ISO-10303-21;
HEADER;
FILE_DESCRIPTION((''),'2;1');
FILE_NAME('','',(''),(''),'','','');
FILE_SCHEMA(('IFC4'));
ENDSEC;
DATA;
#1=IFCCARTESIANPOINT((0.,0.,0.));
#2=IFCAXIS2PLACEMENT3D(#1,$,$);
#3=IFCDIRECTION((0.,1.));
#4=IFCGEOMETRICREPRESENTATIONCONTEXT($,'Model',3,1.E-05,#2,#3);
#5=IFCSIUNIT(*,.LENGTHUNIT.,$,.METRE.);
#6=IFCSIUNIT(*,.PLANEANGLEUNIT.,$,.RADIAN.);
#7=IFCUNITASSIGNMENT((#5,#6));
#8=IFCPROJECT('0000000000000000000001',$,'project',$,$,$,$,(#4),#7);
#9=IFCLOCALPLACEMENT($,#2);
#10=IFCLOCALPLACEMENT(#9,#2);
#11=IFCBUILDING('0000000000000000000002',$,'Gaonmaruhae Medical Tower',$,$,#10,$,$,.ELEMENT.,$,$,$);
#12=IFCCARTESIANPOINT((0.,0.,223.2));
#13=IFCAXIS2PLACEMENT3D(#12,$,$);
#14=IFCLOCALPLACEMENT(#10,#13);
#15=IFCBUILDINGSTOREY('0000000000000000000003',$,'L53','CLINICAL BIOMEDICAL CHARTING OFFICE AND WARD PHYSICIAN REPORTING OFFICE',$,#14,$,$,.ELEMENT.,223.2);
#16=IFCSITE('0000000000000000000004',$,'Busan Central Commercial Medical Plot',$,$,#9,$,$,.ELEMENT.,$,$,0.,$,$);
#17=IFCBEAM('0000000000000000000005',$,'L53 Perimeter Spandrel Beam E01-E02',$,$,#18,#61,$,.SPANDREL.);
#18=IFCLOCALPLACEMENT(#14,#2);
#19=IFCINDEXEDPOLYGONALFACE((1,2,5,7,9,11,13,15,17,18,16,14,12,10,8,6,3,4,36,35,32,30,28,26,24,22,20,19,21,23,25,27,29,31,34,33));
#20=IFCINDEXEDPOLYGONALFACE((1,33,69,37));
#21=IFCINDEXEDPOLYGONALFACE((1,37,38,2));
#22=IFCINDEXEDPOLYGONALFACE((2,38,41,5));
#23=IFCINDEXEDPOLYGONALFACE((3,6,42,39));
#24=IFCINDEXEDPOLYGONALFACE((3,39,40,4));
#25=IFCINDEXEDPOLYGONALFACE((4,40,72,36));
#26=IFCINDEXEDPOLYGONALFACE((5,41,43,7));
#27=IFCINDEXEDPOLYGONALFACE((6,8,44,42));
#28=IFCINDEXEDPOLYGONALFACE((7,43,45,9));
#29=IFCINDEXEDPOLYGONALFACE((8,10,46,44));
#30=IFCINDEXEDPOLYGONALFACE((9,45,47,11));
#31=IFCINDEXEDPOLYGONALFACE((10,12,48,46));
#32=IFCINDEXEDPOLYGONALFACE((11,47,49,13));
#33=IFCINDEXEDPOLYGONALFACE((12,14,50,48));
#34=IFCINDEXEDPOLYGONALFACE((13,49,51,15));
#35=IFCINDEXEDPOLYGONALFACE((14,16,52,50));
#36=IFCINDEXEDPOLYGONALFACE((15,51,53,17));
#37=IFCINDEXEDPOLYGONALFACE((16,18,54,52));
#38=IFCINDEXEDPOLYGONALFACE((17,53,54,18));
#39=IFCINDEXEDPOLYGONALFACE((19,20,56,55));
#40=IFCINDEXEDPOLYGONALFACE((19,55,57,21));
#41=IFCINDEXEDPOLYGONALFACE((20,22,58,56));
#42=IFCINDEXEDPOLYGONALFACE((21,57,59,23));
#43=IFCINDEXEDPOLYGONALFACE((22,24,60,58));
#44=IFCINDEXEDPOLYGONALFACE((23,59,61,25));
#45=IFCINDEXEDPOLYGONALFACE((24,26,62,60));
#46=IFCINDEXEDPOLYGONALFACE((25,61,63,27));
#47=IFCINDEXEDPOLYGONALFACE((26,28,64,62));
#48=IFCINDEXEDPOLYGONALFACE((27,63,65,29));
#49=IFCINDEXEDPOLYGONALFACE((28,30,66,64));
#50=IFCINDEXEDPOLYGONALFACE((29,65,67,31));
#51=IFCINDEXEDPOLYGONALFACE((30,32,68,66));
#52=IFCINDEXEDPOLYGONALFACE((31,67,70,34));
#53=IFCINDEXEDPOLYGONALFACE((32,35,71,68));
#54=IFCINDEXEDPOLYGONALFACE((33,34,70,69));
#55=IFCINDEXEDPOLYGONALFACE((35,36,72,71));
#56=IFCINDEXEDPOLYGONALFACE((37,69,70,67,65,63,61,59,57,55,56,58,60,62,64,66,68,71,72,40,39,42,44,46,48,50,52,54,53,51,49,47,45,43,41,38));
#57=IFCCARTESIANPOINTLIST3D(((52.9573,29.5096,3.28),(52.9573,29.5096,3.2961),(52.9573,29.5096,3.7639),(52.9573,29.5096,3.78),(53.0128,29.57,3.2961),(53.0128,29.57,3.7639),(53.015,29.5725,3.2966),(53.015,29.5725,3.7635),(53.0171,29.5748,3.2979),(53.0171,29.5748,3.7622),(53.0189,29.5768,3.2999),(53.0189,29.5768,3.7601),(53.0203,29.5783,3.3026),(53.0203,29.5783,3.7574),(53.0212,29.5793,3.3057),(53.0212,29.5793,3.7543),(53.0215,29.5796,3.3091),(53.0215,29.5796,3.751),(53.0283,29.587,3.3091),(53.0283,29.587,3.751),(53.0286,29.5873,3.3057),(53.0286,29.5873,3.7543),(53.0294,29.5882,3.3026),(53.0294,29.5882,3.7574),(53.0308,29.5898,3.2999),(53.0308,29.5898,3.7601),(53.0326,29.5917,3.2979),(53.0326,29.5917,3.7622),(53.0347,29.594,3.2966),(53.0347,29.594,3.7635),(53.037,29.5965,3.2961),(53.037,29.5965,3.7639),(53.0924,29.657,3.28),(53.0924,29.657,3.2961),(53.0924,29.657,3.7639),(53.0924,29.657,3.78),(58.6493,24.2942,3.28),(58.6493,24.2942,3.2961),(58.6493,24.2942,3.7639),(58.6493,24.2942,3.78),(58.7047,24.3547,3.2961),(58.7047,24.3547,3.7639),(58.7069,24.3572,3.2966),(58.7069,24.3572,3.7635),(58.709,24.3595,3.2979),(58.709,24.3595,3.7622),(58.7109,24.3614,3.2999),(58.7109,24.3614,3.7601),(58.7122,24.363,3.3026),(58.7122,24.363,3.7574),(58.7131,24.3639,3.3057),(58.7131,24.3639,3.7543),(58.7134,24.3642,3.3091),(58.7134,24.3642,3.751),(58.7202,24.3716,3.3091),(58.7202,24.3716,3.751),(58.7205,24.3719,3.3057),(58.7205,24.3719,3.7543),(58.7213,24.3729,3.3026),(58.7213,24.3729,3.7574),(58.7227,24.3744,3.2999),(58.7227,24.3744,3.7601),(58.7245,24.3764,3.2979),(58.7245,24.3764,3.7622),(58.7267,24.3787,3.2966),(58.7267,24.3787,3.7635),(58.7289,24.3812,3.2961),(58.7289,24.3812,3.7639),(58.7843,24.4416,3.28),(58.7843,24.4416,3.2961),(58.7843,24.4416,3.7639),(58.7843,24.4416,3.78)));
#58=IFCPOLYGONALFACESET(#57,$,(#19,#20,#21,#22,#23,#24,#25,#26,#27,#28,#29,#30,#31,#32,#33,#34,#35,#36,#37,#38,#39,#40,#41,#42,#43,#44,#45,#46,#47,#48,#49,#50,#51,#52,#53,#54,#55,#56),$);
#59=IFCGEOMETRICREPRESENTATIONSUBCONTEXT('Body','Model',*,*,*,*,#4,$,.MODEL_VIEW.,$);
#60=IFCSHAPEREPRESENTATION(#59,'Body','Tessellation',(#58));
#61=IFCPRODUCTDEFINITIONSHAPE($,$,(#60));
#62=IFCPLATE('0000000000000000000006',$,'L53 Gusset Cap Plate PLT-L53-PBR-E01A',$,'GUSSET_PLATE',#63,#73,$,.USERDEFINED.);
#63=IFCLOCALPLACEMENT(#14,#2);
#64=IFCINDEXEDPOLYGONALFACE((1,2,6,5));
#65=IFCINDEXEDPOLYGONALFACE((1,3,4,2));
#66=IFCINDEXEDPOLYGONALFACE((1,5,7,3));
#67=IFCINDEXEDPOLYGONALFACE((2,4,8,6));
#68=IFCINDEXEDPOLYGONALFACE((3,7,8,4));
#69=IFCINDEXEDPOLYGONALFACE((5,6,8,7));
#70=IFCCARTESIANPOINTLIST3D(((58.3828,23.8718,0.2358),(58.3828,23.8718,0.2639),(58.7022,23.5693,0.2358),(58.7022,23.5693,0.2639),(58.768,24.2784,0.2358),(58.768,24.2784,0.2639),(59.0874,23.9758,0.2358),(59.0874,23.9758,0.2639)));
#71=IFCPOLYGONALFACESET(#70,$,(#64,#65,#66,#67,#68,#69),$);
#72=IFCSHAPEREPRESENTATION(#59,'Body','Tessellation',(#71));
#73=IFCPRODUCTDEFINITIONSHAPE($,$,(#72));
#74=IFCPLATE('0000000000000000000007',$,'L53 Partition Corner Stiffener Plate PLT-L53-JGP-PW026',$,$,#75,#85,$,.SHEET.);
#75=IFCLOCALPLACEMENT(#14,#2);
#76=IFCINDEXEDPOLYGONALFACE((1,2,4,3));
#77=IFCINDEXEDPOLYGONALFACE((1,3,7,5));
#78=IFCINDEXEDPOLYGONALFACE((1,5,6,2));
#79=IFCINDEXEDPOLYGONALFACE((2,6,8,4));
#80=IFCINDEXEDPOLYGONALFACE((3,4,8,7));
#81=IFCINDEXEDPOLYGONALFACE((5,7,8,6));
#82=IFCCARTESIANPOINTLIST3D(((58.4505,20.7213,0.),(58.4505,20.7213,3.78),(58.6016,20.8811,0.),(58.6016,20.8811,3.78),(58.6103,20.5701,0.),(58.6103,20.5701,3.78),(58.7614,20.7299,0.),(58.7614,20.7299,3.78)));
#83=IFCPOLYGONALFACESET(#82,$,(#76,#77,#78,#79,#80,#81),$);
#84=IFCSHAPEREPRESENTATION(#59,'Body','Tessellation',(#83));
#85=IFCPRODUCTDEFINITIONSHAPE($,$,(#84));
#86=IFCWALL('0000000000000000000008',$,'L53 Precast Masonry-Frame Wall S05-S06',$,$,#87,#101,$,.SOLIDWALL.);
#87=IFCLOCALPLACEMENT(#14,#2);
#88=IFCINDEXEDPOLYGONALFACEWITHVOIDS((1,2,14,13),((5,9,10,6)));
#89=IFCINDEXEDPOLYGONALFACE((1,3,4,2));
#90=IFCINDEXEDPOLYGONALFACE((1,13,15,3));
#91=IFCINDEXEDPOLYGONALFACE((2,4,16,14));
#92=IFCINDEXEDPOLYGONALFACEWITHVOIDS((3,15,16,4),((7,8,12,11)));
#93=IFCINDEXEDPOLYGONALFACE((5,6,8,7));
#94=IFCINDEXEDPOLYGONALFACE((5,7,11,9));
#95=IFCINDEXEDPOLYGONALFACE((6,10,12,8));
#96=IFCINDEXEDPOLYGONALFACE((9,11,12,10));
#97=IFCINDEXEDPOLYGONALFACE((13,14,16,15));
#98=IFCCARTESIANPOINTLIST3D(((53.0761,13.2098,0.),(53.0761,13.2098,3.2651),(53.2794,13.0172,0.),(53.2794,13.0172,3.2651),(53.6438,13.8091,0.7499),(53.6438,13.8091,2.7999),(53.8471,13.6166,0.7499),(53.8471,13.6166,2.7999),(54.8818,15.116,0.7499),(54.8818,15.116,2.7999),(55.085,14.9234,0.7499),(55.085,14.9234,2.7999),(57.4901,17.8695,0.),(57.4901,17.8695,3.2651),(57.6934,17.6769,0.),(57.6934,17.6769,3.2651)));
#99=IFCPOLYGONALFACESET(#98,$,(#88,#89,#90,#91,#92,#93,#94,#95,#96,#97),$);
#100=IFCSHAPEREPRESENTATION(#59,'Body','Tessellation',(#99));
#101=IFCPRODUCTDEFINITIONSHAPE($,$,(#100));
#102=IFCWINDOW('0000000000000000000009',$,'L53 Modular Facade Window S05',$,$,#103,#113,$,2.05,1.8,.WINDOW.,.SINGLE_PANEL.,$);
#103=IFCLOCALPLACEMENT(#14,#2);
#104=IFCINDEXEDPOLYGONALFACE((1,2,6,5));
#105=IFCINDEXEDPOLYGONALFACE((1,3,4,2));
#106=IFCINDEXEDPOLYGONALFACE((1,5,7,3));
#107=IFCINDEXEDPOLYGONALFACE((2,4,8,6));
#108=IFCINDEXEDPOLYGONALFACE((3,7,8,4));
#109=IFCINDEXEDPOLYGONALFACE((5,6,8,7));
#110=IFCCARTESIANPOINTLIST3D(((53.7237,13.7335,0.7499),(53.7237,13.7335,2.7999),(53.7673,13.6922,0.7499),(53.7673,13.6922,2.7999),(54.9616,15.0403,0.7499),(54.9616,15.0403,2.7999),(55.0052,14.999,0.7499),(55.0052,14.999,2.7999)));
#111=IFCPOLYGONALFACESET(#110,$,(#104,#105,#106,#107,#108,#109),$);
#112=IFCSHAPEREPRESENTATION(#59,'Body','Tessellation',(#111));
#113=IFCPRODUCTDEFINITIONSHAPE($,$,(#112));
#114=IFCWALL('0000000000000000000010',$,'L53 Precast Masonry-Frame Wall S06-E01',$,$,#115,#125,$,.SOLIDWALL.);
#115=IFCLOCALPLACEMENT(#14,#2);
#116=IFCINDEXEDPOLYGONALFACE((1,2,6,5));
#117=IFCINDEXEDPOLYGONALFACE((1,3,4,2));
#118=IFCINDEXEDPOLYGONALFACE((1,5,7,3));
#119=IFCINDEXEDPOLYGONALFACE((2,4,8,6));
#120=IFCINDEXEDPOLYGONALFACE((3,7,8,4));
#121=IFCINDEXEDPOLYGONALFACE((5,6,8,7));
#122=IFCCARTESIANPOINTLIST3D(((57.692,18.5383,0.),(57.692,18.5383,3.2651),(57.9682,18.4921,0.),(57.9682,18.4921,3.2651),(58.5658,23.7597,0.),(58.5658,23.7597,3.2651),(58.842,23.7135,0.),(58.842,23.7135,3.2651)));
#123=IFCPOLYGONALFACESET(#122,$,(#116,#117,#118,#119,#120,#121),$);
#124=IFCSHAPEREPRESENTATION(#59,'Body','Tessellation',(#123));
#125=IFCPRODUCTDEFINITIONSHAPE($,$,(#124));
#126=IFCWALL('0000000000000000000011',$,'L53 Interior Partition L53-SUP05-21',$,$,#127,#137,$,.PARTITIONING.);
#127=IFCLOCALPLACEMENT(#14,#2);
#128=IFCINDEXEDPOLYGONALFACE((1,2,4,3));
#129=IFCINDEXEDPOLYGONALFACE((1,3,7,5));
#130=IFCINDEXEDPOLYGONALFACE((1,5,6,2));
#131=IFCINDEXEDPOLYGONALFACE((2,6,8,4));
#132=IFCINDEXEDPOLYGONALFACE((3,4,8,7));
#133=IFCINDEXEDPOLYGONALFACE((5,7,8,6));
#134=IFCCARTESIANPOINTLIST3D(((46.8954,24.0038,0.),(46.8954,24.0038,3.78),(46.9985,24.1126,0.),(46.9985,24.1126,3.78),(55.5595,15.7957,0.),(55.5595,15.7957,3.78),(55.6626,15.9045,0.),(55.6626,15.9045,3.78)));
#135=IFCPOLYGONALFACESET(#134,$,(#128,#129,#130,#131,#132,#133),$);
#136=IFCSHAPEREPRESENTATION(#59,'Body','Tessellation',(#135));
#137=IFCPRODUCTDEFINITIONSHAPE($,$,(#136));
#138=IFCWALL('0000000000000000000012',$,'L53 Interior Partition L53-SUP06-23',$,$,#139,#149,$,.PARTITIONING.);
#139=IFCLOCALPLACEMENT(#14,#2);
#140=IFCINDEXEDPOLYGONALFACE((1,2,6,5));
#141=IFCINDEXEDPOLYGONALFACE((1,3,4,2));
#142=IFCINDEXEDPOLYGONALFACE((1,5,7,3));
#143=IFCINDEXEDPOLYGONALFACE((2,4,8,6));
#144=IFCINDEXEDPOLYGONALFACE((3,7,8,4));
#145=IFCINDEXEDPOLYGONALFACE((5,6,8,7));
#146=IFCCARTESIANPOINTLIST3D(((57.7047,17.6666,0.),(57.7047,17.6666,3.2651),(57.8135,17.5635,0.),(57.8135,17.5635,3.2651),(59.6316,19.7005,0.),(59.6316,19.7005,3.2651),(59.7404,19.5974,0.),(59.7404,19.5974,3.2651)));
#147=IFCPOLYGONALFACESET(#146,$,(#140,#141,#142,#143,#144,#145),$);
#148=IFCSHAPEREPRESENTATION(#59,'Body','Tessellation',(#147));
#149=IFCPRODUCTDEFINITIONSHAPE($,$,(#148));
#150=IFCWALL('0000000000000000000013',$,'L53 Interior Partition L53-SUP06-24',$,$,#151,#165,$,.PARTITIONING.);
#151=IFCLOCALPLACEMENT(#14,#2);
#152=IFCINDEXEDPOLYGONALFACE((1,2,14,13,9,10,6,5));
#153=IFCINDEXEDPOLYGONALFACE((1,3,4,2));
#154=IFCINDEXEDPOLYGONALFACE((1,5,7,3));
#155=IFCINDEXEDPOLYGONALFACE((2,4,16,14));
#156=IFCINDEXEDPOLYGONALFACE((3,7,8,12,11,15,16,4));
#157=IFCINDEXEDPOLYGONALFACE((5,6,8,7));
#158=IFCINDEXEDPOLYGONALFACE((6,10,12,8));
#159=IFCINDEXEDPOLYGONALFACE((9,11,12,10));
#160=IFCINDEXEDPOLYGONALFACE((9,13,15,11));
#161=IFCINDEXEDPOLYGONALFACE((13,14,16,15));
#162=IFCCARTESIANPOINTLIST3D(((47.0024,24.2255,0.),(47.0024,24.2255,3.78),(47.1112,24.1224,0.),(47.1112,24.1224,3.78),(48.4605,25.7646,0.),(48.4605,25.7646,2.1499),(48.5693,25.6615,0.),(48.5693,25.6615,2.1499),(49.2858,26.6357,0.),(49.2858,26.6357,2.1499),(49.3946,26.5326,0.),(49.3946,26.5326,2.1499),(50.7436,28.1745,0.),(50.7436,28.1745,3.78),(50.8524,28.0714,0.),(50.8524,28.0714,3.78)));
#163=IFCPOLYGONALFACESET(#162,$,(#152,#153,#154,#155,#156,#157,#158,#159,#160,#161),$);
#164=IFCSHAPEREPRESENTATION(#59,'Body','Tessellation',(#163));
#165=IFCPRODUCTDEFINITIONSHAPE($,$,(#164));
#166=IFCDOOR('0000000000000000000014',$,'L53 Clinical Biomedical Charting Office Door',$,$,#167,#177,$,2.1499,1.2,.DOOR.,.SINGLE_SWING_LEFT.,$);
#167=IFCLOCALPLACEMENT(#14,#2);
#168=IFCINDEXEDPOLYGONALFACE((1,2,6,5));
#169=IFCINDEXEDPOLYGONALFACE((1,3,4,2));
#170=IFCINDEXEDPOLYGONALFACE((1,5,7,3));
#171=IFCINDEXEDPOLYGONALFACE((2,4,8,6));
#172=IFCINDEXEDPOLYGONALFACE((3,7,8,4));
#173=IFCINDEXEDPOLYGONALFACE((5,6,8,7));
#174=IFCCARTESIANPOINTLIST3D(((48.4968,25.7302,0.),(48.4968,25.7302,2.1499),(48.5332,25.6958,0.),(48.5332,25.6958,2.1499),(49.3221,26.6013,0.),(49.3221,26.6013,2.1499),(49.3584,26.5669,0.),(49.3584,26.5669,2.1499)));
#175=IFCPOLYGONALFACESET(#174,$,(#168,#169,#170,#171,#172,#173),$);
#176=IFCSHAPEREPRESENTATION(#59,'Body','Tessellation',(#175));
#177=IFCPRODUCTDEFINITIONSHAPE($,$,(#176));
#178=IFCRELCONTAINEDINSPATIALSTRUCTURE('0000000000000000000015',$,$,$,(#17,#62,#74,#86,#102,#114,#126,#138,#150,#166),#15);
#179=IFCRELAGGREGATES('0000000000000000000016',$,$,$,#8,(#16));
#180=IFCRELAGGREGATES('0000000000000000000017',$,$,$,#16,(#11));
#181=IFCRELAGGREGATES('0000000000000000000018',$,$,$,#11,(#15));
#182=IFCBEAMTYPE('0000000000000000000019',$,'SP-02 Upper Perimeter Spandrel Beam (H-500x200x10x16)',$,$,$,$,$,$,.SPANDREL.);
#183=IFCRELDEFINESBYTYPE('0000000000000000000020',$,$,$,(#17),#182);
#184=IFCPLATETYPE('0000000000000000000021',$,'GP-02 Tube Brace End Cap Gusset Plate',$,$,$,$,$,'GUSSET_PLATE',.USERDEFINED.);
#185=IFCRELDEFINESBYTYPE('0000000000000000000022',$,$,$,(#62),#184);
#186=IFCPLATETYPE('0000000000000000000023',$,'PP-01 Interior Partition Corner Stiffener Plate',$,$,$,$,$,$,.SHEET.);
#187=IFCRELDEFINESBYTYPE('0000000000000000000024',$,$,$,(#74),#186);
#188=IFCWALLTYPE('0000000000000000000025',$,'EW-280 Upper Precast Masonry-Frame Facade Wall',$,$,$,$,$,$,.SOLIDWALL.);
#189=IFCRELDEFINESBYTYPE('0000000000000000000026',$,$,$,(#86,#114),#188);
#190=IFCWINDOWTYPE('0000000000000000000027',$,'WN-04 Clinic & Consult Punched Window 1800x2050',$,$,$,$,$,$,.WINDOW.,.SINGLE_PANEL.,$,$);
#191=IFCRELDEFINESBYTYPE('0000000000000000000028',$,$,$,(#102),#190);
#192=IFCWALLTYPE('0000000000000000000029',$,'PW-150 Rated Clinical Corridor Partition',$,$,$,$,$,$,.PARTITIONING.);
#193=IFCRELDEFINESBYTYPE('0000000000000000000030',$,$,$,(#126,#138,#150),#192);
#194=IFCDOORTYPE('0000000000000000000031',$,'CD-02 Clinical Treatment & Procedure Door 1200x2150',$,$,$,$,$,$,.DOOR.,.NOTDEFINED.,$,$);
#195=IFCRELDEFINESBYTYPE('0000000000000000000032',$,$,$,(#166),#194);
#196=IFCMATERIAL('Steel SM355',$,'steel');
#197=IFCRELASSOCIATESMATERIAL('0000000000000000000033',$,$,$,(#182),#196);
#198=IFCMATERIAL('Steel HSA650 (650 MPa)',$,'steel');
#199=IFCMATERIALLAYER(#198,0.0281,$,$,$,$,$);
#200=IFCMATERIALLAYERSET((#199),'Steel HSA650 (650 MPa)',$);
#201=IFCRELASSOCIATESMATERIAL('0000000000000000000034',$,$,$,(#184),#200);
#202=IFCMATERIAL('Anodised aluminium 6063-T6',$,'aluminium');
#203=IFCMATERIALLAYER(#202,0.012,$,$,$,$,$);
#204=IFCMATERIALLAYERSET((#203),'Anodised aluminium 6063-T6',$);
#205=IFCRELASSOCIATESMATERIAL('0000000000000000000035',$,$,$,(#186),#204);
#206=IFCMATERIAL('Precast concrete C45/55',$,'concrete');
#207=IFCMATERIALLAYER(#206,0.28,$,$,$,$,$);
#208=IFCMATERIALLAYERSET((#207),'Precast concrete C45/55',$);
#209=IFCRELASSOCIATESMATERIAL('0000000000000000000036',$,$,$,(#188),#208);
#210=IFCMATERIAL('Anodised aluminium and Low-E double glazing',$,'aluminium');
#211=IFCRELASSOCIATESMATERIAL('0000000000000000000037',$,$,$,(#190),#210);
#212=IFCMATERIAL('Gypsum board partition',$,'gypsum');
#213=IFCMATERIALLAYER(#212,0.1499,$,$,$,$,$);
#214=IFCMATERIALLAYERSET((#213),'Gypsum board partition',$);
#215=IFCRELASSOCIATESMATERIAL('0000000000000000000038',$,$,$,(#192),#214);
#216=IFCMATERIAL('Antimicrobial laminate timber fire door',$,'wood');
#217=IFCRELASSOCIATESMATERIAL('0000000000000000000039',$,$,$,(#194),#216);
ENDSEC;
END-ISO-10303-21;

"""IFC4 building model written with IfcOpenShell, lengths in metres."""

from ifc_helpers import new_model, si_unit, direction, frame, frame_2d, origin, origin_2d, place, context, subcontext, project, spatial, rectangle, i_section, extrude, material, layer, layer_set, material_profile, profile_set, type_object, element, fill, save


model = new_model("IFC4")

# Units and contexts
model_context = context("Model", 3, precision=1e-05, world=origin(), true_north=direction((0.0, 1.0)))
body_context = subcontext(model_context, "Body", "Model", "MODEL_VIEW")
ifc_project = project(units=[si_unit("LENGTHUNIT", "METRE"), si_unit("PLANEANGLEUNIT", "RADIAN")], contexts=[model_context])

# Site, building, storey
site_placement = place(None, origin())
site = spatial("IfcSite", under=ifc_project, at=site_placement, Name="Busan Central Commercial Medical Plot", CompositionType="ELEMENT", RefElevation=0.0)
building_placement = place(site_placement, origin())
building = spatial("IfcBuilding", under=site, at=building_placement, Name="Gaonmaruhae Medical Tower", CompositionType="ELEMENT")
storey_placement = place(building_placement, frame((0.0, 0.0, 223.2)))
storey = spatial("IfcBuildingStorey", under=building, at=storey_placement, Name="L53", Description="CLINICAL BIOMEDICAL CHARTING OFFICE AND WARD PHYSICIAN REPORTING OFFICE", CompositionType="ELEMENT", Elevation=223.2)

# Shared definitions
ifc_material_1 = material(Name="Steel SM355", Category="steel")

# Beam
ifc_material_profile_1 = material_profile(ifc_material_1, i_section(OverallWidth=0.2, OverallDepth=0.5, WebThickness=0.01, FlangeThickness=0.0161, FilletRadius=0.0129, at=origin_2d()), Name="H-500x200x10x16")
ifc_profile_set_1 = profile_set([ifc_material_profile_1], Name="Steel SM355")
beam_type_1 = type_object("IfcBeamType", Name="SP-02 Upper Perimeter Spandrel Beam (H-500x200x10x16)", PredefinedType="SPANDREL", material=ifc_profile_set_1)
beam_1_placement = place(storey_placement, frame((58.7168, 24.3679, 3.53), z_axis=(-0.737299, 0.675567, 0.0), x_axis=(-0.675567, -0.737299, 0.0)))
element("IfcBeam", 1, at=beam_1_placement, inside=storey, type_object=beam_type_1, Name="L53 Perimeter Spandrel Beam E01-E02", PredefinedType="SPANDREL", context=body_context, shape_type="SweptSolid", body=[
    extrude(i_section(OverallWidth=0.2, OverallDepth=0.5, WebThickness=0.01, FlangeThickness=0.0161, FilletRadius=0.0129, at=origin_2d()), origin(), (0.0, 0.0, 1.0), 7.72),
])

# Plates
ifc_material_2 = material(Name="Steel HSA650 (650 MPa)", Category="steel")
ifc_layer_1 = layer(ifc_material_2, 0.0281)
ifc_layer_set_1 = layer_set([ifc_layer_1], Name="Steel HSA650 (650 MPa)")
plate_type_1 = type_object("IfcPlateType", Name="GP-02 Tube Brace End Cap Gusset Plate", ElementType="GUSSET_PLATE", PredefinedType="USERDEFINED", material=ifc_layer_set_1)
plate_1_placement = place(storey_placement, frame((58.7351, 23.9238, 0.2358), z_axis=(0.0, 0.0, 1.0), x_axis=(0.687721, 0.725975, 0.0)))
element("IfcPlate", 2, at=plate_1_placement, inside=storey, type_object=plate_type_1, Name="L53 Gusset Cap Plate PLT-L53-PBR-E01A", ObjectType="GUSSET_PLATE", PredefinedType="USERDEFINED", context=body_context, shape_type="SweptSolid", body=[
    extrude(rectangle(XDim=0.5601, YDim=0.4399, at=origin_2d()), origin(), (0.0, 0.0, 1.0), 0.0281),
])
ifc_material_3 = material(Name="Anodised aluminium 6063-T6", Category="aluminium")
ifc_layer_2 = layer(ifc_material_3, 0.012)
ifc_layer_set_2 = layer_set([ifc_layer_2], Name="Anodised aluminium 6063-T6")
plate_type_2 = type_object("IfcPlateType", Name="PP-01 Interior Partition Corner Stiffener Plate", PredefinedType="SHEET", material=ifc_layer_set_2)
plate_2_placement = place(storey_placement, frame((58.606, 20.7256, 0.0), z_axis=(0.0, 0.0, 1.0), x_axis=(0.726455, -0.687214, 0.0)))
element("IfcPlate", 3, at=plate_2_placement, inside=storey, type_object=plate_type_2, Name="L53 Partition Corner Stiffener Plate PLT-L53-JGP-PW026", PredefinedType="SHEET", context=body_context, shape_type="SweptSolid", body=[
    extrude(rectangle(XDim=0.22, YDim=0.22, at=origin_2d()), origin(), (0.0, 0.0, 1.0), 3.78),
])

# Wall, opening, window
ifc_material_4 = material(Name="Precast concrete C45/55", Category="concrete")
ifc_layer_3 = layer(ifc_material_4, 0.28)
ifc_layer_set_3 = layer_set([ifc_layer_3], Name="Precast concrete C45/55")
wall_type_1 = type_object("IfcWallType", Name="EW-280 Upper Precast Masonry-Frame Facade Wall", PredefinedType="SOLIDWALL", material=ifc_layer_set_3)
wall_1_placement = place(storey_placement, frame((57.5918, 17.7732, 0.0), z_axis=(0.0, 0.0, 1.0), x_axis=(-0.687715, -0.725981, 0.0)))
wall_1 = element("IfcWall", 4, at=wall_1_placement, inside=storey, type_object=wall_type_1, Name="L53 Precast Masonry-Frame Wall S05-S06", PredefinedType="SOLIDWALL", context=body_context, shape_type="SweptSolid", body=[
    extrude(rectangle(XDim=6.4185, YDim=0.28, at=frame_2d((3.2092, 0.0))), origin(), (0.0, 0.0, 1.0), 3.2651),
])
opening_1_placement = place(wall_1_placement, frame((3.793, 0.0, 0.75)))
opening_1 = element("IfcOpeningElement", 5, at=opening_1_placement, cuts=wall_1, PredefinedType="OPENING", context=body_context, shape_type="SweptSolid", body=[
    extrude(rectangle(XDim=1.8, YDim=2.05, at=frame_2d((0.8999, 1.0249))), frame((0.0, 0.1499, 0.0), z_axis=(0.0, -1.0, 0.0), x_axis=(1.0, 0.0, 0.0)), (0.0, 0.0, 1.0), 0.3),
])
ifc_material_5 = material(Name="Anodised aluminium and Low-E double glazing", Category="aluminium")
window_type = type_object("IfcWindowType", Name="WN-04 Clinic & Consult Punched Window 1800x2050", PartitioningType="SINGLE_PANEL", PredefinedType="WINDOW", material=ifc_material_5)
window_placement = place(opening_1_placement, origin())
window = element("IfcWindow", 6, at=window_placement, inside=storey, type_object=window_type, Name="L53 Modular Facade Window S05", OverallHeight=2.05, OverallWidth=1.8, PartitioningType="SINGLE_PANEL", PredefinedType="WINDOW", context=body_context, shape_type="SweptSolid", body=[
    extrude(rectangle(XDim=1.8, YDim=2.05, at=frame_2d((0.8999, 1.0249))), frame((0.0, 0.03, 0.0), z_axis=(0.0, -1.0, 0.0), x_axis=(1.0, 0.0, 0.0)), (0.0, 0.0, 1.0), 0.0601),
])
fill(opening_1, window)

# Walls
wall_2_placement = place(storey_placement, frame((58.7039, 23.7366, 0.0), z_axis=(0.0, 0.0, 1.0), x_axis=(-0.16505, -0.986285, 0.0)))
element("IfcWall", 7, at=wall_2_placement, inside=storey, type_object=wall_type_1, Name="L53 Precast Masonry-Frame Wall S06-E01", PredefinedType="SOLIDWALL", context=body_context, shape_type="SweptSolid", body=[
    extrude(rectangle(XDim=5.2939, YDim=0.28, at=frame_2d((2.647, 0.0))), origin(), (0.0, 0.0, 1.0), 3.2651),
])
ifc_material_6 = material(Name="Gypsum board partition", Category="gypsum")
ifc_layer_4 = layer(ifc_material_6, 0.1499)
ifc_layer_set_4 = layer_set([ifc_layer_4], Name="Gypsum board partition")
wall_type_2 = type_object("IfcWallType", Name="PW-150 Rated Clinical Corridor Partition", PredefinedType="PARTITIONING", material=ifc_layer_set_4)
wall_3_placement = place(storey_placement, frame((46.947, 24.0581, 0.0), z_axis=(0.0, 0.0, 1.0), x_axis=(0.725955, -0.687742, 0.0)))
element("IfcWall", 8, at=wall_3_placement, inside=storey, type_object=wall_type_2, Name="L53 Interior Partition L53-SUP05-21", PredefinedType="PARTITIONING", context=body_context, shape_type="SweptSolid", body=[
    extrude(rectangle(XDim=11.9348, YDim=0.1499, at=frame_2d((5.9673, 0.0))), origin(), (0.0, 0.0, 1.0), 3.78),
])
wall_4_placement = place(storey_placement, frame((59.686, 19.6489, 0.0), z_axis=(0.0, 0.0, 1.0), x_axis=(-0.687766, -0.725932, 0.0)))
element("IfcWall", 9, at=wall_4_placement, inside=storey, type_object=wall_type_2, Name="L53 Interior Partition L53-SUP06-23", PredefinedType="PARTITIONING", context=body_context, shape_type="SweptSolid", body=[
    extrude(rectangle(XDim=2.8018, YDim=0.1499, at=frame_2d((1.4009, 0.0))), origin(), (0.0, 0.0, 1.0), 3.2651),
])

# Wall, opening, door
wall_5_placement = place(storey_placement, frame((47.0569, 24.1741, 0.0), z_axis=(0.0, 0.0, 1.0), x_axis=(0.687752, 0.725946, 0.0)))
wall_5 = element("IfcWall", 10, at=wall_5_placement, inside=storey, type_object=wall_type_2, Name="L53 Interior Partition L53-SUP06-24", PredefinedType="PARTITIONING", context=body_context, shape_type="SweptSolid", body=[
    extrude(rectangle(XDim=5.4397, YDim=0.1499, at=frame_2d((2.7197, 0.0))), origin(), (0.0, 0.0, 1.0), 3.78),
])
opening_2_placement = place(wall_5_placement, frame((2.1199, 0.0, 0.0)))
opening_2 = element("IfcOpeningElement", 11, at=opening_2_placement, cuts=wall_5, PredefinedType="OPENING", context=body_context, shape_type="SweptSolid", body=[
    extrude(rectangle(XDim=1.2, YDim=2.1499, at=frame_2d((0.6001, 1.075))), frame((0.0, 0.085, 0.0), z_axis=(0.0, -1.0, 0.0), x_axis=(1.0, 0.0, 0.0)), (0.0, 0.0, 1.0), 0.1699),
])
ifc_material_7 = material(Name="Antimicrobial laminate timber fire door", Category="wood")
door_type = type_object("IfcDoorType", Name="CD-02 Clinical Treatment & Procedure Door 1200x2150", OperationType="NOTDEFINED", PredefinedType="DOOR", material=ifc_material_7)
door_placement = place(opening_2_placement, origin())
door = element("IfcDoor", 12, at=door_placement, inside=storey, type_object=door_type, Name="L53 Clinical Biomedical Charting Office Door", OperationType="SINGLE_SWING_LEFT", OverallHeight=2.1499, OverallWidth=1.2, PredefinedType="DOOR", context=body_context, shape_type="SweptSolid", body=[
    extrude(rectangle(XDim=1.2, YDim=2.1499, at=frame_2d((0.6001, 1.075))), frame((0.0, 0.0249, 0.0), z_axis=(0.0, -1.0, 0.0), x_axis=(1.0, 0.0, 0.0)), (0.0, 0.0, 1.0), 0.05),
])
fill(opening_2, door)

save(model, "model.ifc")
